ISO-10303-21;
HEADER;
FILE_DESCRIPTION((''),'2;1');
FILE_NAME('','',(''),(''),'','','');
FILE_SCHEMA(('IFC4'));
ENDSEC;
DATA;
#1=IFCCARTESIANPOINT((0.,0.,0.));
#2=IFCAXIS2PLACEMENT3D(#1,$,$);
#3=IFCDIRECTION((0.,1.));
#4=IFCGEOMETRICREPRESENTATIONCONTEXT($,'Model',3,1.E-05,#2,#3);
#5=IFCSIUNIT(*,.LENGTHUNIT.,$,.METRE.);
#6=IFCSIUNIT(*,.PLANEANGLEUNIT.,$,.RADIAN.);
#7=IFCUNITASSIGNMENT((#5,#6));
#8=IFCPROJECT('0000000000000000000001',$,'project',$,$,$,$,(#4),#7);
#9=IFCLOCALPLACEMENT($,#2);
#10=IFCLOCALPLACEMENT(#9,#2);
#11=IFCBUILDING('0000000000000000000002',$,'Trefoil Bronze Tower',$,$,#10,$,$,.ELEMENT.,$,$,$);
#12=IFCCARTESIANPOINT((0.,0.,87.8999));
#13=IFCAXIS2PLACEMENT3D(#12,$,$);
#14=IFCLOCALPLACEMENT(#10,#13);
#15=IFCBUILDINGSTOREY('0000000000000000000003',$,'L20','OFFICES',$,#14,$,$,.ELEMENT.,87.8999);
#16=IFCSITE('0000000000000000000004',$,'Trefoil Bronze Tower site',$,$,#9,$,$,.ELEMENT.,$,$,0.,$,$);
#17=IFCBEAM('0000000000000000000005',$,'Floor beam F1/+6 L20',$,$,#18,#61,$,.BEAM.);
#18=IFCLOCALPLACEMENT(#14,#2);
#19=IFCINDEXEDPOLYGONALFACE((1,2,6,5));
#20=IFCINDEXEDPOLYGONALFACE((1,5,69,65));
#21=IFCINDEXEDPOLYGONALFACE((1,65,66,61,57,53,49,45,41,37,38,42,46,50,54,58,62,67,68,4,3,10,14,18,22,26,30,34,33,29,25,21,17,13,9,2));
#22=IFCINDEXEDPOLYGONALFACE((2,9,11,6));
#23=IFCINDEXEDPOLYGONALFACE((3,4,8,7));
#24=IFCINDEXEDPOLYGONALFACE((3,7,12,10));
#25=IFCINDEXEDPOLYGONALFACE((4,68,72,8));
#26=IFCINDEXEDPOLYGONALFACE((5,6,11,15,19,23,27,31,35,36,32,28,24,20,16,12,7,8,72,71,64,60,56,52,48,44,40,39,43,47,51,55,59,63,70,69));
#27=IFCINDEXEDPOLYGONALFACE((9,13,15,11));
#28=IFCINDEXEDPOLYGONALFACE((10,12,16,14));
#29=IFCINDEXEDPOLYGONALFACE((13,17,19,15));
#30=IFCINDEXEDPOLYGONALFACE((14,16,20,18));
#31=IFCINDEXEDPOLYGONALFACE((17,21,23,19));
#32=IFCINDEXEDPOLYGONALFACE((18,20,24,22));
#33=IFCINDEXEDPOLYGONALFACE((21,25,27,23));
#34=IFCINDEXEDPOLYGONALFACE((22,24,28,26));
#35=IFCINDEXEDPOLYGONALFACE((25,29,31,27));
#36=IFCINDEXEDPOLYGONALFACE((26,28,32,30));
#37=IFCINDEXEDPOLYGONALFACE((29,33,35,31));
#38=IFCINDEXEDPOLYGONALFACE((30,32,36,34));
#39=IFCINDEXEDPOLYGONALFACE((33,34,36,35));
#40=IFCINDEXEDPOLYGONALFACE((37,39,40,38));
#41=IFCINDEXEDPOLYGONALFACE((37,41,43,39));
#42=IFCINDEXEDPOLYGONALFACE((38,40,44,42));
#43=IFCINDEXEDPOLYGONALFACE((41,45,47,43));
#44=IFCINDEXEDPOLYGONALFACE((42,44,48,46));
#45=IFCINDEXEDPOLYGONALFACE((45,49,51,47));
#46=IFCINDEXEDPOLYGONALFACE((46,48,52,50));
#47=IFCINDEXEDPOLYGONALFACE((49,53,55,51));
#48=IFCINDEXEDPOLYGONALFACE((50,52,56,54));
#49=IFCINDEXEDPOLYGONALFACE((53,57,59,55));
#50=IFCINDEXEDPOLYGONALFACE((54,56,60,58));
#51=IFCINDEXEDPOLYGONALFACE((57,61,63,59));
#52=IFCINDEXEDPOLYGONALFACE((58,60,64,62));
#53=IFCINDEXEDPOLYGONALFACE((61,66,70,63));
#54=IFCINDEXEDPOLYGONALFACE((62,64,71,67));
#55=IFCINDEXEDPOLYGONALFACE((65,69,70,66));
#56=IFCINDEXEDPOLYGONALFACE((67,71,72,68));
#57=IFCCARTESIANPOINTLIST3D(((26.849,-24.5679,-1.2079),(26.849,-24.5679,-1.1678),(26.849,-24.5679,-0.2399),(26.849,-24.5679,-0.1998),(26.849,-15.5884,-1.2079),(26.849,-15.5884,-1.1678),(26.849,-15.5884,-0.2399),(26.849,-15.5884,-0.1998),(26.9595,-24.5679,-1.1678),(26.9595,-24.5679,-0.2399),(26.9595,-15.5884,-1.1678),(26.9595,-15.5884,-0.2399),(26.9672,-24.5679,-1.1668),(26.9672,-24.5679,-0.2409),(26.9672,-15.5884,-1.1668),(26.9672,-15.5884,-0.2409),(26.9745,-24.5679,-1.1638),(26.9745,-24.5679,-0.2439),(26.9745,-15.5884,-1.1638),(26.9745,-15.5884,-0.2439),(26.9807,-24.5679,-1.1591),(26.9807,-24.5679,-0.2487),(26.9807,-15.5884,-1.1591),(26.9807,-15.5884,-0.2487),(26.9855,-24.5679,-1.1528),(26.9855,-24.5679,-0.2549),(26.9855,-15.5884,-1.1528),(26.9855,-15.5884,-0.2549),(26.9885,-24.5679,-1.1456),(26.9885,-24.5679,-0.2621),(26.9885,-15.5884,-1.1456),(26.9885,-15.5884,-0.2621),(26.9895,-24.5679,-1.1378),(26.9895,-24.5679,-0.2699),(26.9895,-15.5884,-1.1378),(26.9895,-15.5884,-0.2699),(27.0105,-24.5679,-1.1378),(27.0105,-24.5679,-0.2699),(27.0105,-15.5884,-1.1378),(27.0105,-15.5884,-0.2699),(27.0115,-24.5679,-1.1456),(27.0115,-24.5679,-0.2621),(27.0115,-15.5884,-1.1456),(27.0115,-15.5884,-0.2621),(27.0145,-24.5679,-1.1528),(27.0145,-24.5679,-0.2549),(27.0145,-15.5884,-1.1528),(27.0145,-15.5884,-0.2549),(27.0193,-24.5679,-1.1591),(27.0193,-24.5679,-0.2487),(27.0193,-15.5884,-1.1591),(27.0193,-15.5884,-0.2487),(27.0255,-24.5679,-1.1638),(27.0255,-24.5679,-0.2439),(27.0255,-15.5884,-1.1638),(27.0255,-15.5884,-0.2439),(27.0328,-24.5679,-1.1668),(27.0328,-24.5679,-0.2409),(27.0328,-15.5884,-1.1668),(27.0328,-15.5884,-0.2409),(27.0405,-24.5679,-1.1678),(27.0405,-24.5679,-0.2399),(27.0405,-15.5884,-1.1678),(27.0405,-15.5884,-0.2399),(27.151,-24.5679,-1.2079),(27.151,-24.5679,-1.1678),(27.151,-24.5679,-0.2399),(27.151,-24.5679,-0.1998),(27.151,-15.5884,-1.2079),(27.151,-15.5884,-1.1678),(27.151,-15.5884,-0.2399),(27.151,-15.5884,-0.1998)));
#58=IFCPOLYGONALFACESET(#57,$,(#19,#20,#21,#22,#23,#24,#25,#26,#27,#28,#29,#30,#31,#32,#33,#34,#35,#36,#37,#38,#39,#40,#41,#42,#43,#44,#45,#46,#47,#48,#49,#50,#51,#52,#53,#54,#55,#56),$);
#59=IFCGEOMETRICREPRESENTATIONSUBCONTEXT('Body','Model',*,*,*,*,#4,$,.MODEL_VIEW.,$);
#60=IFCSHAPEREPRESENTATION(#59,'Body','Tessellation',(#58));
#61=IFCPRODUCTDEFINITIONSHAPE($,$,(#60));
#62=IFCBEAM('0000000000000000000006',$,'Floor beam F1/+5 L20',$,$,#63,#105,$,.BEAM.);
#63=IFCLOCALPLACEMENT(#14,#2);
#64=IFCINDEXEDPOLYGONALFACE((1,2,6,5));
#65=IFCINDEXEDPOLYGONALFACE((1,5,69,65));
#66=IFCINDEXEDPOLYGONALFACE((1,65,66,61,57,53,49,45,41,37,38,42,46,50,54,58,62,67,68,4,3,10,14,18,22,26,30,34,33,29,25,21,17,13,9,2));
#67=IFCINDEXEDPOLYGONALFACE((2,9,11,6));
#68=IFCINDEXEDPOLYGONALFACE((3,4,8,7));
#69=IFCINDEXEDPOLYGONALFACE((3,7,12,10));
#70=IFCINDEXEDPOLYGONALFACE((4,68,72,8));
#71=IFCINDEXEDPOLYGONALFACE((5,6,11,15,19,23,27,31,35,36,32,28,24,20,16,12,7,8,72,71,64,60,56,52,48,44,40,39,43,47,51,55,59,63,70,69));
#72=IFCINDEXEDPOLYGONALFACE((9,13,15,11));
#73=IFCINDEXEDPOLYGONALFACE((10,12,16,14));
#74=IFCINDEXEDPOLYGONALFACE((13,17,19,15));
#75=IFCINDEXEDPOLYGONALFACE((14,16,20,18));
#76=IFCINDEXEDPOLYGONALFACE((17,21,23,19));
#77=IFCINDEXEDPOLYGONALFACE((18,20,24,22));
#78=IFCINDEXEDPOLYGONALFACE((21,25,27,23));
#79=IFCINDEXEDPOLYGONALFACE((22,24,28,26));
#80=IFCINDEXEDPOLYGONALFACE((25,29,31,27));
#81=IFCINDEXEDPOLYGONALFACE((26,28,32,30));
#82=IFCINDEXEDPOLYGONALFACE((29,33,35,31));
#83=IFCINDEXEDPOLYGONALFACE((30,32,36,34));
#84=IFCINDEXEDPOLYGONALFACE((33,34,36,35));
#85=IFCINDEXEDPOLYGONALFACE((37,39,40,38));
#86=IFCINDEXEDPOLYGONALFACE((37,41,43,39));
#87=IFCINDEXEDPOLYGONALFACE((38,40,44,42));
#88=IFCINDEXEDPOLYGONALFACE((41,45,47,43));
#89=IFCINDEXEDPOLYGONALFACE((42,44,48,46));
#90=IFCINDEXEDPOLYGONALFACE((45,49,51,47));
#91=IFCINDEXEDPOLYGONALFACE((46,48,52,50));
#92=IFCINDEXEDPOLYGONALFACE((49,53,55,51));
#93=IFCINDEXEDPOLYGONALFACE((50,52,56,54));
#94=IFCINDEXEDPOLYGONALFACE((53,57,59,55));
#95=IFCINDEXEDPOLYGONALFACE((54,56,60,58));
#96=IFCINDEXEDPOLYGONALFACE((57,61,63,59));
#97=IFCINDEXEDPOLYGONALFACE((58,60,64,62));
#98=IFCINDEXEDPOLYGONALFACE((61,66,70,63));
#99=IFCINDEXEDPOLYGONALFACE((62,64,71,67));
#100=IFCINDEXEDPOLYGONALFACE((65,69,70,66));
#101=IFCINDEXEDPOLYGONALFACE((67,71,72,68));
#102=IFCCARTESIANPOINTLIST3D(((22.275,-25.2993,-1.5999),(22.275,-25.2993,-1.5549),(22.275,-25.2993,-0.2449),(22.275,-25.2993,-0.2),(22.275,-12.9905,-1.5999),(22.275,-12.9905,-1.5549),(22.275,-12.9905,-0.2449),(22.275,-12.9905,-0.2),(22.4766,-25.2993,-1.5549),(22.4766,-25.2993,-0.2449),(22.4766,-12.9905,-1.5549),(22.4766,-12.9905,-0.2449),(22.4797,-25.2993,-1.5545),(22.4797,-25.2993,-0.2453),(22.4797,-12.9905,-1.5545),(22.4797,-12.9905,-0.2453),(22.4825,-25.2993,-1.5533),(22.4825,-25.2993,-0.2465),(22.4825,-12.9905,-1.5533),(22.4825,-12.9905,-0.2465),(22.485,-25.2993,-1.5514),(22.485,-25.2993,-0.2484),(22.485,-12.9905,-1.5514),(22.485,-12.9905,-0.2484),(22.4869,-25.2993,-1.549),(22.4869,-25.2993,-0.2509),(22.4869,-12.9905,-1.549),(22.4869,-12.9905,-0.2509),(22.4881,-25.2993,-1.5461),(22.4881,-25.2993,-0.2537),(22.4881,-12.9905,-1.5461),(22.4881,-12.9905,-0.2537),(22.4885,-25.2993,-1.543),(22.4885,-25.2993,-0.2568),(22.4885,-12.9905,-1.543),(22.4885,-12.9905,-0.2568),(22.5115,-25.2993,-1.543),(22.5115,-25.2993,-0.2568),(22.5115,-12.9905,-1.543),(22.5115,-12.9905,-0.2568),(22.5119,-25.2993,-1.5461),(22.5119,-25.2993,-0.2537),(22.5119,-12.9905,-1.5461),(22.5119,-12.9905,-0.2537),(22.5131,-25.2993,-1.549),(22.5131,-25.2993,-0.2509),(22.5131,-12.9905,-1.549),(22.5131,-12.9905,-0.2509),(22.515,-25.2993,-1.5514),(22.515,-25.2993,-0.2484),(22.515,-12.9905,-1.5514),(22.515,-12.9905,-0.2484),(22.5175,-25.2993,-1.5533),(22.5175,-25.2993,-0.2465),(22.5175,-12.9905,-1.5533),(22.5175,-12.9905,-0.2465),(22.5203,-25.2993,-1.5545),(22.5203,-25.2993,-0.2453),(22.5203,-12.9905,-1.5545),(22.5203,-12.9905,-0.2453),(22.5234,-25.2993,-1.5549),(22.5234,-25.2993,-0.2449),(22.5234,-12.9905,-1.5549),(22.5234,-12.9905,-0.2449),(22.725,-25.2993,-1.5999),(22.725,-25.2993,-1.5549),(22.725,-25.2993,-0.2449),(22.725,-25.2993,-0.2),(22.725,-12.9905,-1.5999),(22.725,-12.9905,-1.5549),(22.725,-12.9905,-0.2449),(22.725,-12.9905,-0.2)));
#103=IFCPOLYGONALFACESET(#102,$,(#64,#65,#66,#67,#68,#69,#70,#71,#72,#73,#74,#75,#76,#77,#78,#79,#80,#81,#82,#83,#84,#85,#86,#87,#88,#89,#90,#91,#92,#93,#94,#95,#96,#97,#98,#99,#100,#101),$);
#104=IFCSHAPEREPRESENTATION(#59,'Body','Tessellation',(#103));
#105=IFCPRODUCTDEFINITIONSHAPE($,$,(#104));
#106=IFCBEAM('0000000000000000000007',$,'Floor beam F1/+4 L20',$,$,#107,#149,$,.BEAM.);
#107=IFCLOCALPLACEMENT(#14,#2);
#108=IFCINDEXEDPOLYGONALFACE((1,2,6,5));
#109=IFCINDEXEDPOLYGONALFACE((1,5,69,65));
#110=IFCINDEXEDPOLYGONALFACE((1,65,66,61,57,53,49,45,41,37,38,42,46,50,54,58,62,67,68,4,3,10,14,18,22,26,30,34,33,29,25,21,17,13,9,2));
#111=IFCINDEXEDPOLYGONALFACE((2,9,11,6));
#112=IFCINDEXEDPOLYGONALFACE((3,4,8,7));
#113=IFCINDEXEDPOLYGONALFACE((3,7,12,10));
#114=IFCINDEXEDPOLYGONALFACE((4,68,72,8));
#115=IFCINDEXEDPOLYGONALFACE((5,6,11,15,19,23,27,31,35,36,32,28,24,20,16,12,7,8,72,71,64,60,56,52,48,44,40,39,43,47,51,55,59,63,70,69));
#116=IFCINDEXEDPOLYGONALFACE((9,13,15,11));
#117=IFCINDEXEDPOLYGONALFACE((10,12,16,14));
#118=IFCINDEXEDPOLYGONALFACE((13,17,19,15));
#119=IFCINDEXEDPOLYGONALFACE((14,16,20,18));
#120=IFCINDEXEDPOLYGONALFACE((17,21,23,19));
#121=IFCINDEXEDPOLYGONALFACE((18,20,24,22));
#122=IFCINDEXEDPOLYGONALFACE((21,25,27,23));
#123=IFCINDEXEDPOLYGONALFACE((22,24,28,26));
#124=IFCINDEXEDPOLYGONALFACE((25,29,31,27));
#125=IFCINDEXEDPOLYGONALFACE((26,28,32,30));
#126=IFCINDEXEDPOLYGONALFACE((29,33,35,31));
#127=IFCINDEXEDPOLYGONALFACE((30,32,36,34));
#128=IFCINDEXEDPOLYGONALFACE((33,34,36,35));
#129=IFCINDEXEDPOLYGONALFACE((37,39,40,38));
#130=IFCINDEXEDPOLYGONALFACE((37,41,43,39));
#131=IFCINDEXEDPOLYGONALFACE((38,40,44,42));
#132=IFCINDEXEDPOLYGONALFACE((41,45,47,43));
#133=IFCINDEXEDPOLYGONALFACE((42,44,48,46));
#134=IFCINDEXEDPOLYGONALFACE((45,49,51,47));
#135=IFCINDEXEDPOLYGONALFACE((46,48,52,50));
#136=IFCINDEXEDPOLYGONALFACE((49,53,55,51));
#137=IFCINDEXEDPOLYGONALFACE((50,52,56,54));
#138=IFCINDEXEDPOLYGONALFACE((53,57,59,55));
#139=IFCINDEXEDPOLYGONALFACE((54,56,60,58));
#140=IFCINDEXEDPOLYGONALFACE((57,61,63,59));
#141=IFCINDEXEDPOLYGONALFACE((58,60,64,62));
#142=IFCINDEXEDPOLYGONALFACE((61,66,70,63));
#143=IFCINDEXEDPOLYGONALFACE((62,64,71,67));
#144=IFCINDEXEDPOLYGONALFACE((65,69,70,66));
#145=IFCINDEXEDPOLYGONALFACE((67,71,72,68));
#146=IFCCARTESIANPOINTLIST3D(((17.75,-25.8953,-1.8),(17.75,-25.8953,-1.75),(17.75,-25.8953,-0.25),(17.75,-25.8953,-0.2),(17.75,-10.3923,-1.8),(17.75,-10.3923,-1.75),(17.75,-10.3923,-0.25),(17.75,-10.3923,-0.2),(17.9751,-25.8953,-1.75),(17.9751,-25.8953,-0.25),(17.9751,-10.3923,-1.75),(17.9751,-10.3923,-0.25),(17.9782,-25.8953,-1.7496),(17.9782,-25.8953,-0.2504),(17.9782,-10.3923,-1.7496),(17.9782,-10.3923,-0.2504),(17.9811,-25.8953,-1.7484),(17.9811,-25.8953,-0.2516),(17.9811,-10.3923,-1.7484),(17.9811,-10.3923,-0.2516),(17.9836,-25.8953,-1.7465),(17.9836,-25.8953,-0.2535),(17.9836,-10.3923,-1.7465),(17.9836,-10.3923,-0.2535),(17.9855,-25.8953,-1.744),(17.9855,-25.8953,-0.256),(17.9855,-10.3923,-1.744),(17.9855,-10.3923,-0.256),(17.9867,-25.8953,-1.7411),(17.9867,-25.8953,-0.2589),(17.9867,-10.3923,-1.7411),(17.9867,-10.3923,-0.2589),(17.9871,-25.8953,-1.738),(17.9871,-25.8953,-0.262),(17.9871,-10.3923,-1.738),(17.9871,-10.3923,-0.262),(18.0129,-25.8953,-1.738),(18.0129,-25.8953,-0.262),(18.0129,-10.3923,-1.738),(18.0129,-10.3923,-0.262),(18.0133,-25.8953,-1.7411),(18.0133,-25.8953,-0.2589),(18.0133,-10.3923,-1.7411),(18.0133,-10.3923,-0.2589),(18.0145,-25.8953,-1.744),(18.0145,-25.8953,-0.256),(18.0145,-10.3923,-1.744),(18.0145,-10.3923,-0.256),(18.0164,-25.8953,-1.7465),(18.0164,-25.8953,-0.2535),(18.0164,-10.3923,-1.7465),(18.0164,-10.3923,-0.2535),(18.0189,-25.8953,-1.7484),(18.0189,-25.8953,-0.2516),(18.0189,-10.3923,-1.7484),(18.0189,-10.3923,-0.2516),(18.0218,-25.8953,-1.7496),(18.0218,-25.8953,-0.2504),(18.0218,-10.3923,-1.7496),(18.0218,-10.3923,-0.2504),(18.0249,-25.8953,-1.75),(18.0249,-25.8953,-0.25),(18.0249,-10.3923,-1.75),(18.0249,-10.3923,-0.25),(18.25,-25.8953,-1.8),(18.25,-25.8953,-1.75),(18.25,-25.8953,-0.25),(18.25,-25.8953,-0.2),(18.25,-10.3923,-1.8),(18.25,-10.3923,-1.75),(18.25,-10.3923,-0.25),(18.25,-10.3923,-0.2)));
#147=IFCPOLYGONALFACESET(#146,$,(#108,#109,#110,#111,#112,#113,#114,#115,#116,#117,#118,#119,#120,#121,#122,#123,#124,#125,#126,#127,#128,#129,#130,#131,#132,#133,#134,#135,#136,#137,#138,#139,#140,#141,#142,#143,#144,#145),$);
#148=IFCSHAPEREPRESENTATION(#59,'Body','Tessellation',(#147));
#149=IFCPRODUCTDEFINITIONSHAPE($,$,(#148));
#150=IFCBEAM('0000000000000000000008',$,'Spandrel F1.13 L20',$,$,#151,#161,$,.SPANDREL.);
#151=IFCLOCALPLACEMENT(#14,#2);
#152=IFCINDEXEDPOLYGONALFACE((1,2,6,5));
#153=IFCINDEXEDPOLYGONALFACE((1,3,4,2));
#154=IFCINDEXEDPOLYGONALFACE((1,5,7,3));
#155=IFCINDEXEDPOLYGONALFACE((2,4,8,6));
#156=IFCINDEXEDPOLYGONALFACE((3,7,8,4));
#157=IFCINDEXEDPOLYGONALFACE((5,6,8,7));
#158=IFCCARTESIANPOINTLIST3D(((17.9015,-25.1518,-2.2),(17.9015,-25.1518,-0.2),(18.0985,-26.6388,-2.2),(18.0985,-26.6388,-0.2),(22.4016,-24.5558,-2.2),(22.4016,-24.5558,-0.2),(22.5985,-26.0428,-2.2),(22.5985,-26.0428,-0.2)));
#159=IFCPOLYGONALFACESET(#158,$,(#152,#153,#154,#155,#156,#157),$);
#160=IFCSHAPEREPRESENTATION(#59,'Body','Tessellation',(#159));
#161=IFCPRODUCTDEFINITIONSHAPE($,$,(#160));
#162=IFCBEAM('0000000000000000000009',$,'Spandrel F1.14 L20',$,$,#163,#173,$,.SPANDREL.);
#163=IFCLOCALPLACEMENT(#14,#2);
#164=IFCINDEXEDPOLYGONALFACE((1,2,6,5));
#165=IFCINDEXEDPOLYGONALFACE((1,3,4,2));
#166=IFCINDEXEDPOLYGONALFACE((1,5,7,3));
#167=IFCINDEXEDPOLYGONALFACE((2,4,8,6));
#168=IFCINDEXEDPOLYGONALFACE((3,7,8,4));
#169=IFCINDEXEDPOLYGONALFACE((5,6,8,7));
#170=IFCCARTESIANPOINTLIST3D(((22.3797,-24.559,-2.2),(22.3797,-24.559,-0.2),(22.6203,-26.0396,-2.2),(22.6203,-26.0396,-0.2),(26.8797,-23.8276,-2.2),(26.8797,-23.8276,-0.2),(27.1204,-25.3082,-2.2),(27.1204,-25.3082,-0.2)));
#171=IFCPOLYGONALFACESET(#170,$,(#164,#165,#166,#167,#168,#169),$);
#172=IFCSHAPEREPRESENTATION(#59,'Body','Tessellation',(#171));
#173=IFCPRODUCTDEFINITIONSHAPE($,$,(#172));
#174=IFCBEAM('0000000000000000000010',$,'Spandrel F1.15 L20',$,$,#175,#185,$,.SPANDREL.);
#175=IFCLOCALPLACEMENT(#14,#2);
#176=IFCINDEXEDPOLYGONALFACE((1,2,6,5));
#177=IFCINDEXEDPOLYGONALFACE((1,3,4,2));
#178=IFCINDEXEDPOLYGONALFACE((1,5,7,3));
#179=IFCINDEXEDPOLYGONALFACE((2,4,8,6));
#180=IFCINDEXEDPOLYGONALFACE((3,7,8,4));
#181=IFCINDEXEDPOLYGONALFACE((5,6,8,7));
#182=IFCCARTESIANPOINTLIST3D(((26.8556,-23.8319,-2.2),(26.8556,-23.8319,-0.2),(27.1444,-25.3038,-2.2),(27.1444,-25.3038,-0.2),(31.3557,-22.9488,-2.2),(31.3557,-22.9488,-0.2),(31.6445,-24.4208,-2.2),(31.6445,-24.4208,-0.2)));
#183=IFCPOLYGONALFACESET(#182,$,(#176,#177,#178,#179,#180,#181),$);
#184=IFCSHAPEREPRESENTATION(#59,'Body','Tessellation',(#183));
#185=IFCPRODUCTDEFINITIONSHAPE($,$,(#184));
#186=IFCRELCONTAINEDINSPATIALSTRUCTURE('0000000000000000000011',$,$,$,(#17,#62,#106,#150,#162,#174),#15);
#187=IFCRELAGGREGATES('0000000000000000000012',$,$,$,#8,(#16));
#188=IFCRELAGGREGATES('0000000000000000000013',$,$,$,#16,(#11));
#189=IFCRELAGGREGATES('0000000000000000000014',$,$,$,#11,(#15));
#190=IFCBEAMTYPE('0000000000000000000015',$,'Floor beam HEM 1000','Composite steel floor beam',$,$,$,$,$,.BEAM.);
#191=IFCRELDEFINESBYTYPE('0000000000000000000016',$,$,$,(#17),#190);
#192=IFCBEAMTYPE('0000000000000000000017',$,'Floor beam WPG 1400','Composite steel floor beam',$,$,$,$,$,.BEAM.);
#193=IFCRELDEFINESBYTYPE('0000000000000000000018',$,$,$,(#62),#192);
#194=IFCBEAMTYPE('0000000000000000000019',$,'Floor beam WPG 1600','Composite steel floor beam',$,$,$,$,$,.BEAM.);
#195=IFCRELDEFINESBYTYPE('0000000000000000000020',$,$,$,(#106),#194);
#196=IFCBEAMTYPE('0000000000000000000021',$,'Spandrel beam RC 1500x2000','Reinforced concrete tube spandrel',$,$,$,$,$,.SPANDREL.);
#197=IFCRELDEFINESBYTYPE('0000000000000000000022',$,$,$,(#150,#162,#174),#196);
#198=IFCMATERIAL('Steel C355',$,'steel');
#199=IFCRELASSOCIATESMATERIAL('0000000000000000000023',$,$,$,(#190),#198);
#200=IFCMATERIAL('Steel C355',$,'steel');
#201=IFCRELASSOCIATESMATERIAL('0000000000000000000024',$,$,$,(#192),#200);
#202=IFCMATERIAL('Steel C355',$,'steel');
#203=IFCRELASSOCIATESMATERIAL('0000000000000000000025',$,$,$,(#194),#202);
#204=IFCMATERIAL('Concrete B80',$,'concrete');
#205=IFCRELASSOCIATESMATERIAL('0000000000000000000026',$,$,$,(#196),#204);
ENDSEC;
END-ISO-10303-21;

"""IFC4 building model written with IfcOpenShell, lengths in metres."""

from ifc_helpers import new_model, si_unit, direction, frame, origin, origin_2d, place, context, subcontext, project, spatial, rectangle, i_section, extrude, material, material_profile, profile_set, type_object, element, save


model = new_model("IFC4")

# Units and contexts
model_context = context("Model", 3, precision=1e-05, world=origin(), true_north=direction((0.0, 1.0)))
body_context = subcontext(model_context, "Body", "Model", "MODEL_VIEW")
ifc_project = project(units=[si_unit("LENGTHUNIT", "METRE"), si_unit("PLANEANGLEUNIT", "RADIAN")], contexts=[model_context])

# Site, building, storey
site_placement = place(None, origin())
site = spatial("IfcSite", under=ifc_project, at=site_placement, Name="Trefoil Bronze Tower site", CompositionType="ELEMENT", RefElevation=0.0)
building_placement = place(site_placement, origin())
building = spatial("IfcBuilding", under=site, at=building_placement, Name="Trefoil Bronze Tower", CompositionType="ELEMENT")
storey_placement = place(building_placement, frame((0.0, 0.0, 87.8999)))
storey = spatial("IfcBuildingStorey", under=building, at=storey_placement, Name="L20", Description="OFFICES", CompositionType="ELEMENT", Elevation=87.8999)

# Beams
ifc_material_1 = material(Name="Steel C355", Category="steel")
ifc_material_profile_1 = material_profile(ifc_material_1, i_section(OverallWidth=0.302, OverallDepth=1.0081, WebThickness=0.021, FlangeThickness=0.04, FilletRadius=0.03, at=origin_2d()), Name="HEM 1000")
ifc_profile_set_1 = profile_set([ifc_material_profile_1], Name="Steel C355")
beam_type_1 = type_object("IfcBeamType", Name="Floor beam HEM 1000", Description="Composite steel floor beam", PredefinedType="BEAM", material=ifc_profile_set_1)
beam_1_placement = place(storey_placement, frame((27.0, -24.5679, -0.7039), z_axis=(0.0, 1.0, 0.0), x_axis=(-1.0, 0.0, 0.0)))
element("IfcBeam", 1, at=beam_1_placement, inside=storey, type_object=beam_type_1, Name="Floor beam F1/+6 L20", PredefinedType="BEAM", context=body_context, shape_type="SweptSolid", body=[
    extrude(i_section(OverallWidth=0.302, OverallDepth=1.0081, WebThickness=0.021, FlangeThickness=0.04, FilletRadius=0.03, at=origin_2d()), origin(), (0.0, 0.0, 1.0), 8.9795),
])
ifc_material_2 = material(Name="Steel C355", Category="steel")
ifc_material_profile_2 = material_profile(ifc_material_2, i_section(OverallWidth=0.45, OverallDepth=1.3999, WebThickness=0.0229, FlangeThickness=0.0449, FilletRadius=0.012, at=origin_2d()), Name="WPG 1400")
ifc_profile_set_2 = profile_set([ifc_material_profile_2], Name="Steel C355")
beam_type_2 = type_object("IfcBeamType", Name="Floor beam WPG 1400", Description="Composite steel floor beam", PredefinedType="BEAM", material=ifc_profile_set_2)
beam_2_placement = place(storey_placement, frame((22.5, -25.2993, -0.8999), z_axis=(0.0, 1.0, 0.0), x_axis=(-1.0, 0.0, 0.0)))
element("IfcBeam", 2, at=beam_2_placement, inside=storey, type_object=beam_type_2, Name="Floor beam F1/+5 L20", PredefinedType="BEAM", context=body_context, shape_type="SweptSolid", body=[
    extrude(i_section(OverallWidth=0.45, OverallDepth=1.3999, WebThickness=0.0229, FlangeThickness=0.0449, FilletRadius=0.012, at=origin_2d()), origin(), (0.0, 0.0, 1.0), 12.3088),
])
ifc_material_3 = material(Name="Steel C355", Category="steel")
ifc_material_profile_3 = material_profile(ifc_material_3, i_section(OverallWidth=0.5, OverallDepth=1.6001, WebThickness=0.0259, FlangeThickness=0.05, FilletRadius=0.012, at=origin_2d()), Name="WPG 1600")
ifc_profile_set_3 = profile_set([ifc_material_profile_3], Name="Steel C355")
beam_type_3 = type_object("IfcBeamType", Name="Floor beam WPG 1600", Description="Composite steel floor beam", PredefinedType="BEAM", material=ifc_profile_set_3)
beam_3_placement = place(storey_placement, frame((18.0, -25.8953, -1.0), z_axis=(0.0, 1.0, 0.0), x_axis=(-1.0, 0.0, 0.0)))
element("IfcBeam", 3, at=beam_3_placement, inside=storey, type_object=beam_type_3, Name="Floor beam F1/+4 L20", PredefinedType="BEAM", context=body_context, shape_type="SweptSolid", body=[
    extrude(i_section(OverallWidth=0.5, OverallDepth=1.6001, WebThickness=0.0259, FlangeThickness=0.05, FilletRadius=0.012, at=origin_2d()), origin(), (0.0, 0.0, 1.0), 15.5029),
])
ifc_material_4 = material(Name="Concrete B80", Category="concrete")
ifc_material_profile_4 = material_profile(ifc_material_4, rectangle(XDim=1.5, YDim=2.0, at=origin_2d()), Name="RC 1500x2000")
ifc_profile_set_4 = profile_set([ifc_material_profile_4], Name="Concrete B80")
beam_type_4 = type_object("IfcBeamType", Name="Spandrel beam RC 1500x2000", Description="Reinforced concrete tube spandrel", PredefinedType="SPANDREL", material=ifc_profile_set_4)
beam_4_placement = place(storey_placement, frame((18.0, -25.8953, -1.2), z_axis=(0.991344, 0.131286, 0.0), x_axis=(-0.131286, 0.991344, 0.0)))
element("IfcBeam", 4, at=beam_4_placement, inside=storey, type_object=beam_type_4, Name="Spandrel F1.13 L20", PredefinedType="SPANDREL", context=body_context, shape_type="SweptSolid", body=[
    extrude(rectangle(XDim=1.5, YDim=2.0, at=origin_2d()), origin(), (0.0, 0.0, 1.0), 4.5393),
])
beam_5_placement = place(storey_placement, frame((22.5, -25.2993, -1.2), z_axis=(0.987046, 0.160438, 0.0), x_axis=(-0.160438, 0.987046, 0.0)))
element("IfcBeam", 5, at=beam_5_placement, inside=storey, type_object=beam_type_4, Name="Spandrel F1.14 L20", PredefinedType="SPANDREL", context=body_context, shape_type="SweptSolid", body=[
    extrude(rectangle(XDim=1.5, YDim=2.0, at=origin_2d()), origin(), (0.0, 0.0, 1.0), 4.5591),
])
beam_6_placement = place(storey_placement, frame((27.0, -24.5679, -1.2), z_axis=(0.981285, 0.192562, 0.0), x_axis=(-0.192562, 0.981285, 0.0)))
element("IfcBeam", 6, at=beam_6_placement, inside=storey, type_object=beam_type_4, Name="Spandrel F1.15 L20", PredefinedType="SPANDREL", context=body_context, shape_type="SweptSolid", body=[
    extrude(rectangle(XDim=1.5, YDim=2.0, at=origin_2d()), origin(), (0.0, 0.0, 1.0), 4.5859),
])

save(model, "model.ifc")
